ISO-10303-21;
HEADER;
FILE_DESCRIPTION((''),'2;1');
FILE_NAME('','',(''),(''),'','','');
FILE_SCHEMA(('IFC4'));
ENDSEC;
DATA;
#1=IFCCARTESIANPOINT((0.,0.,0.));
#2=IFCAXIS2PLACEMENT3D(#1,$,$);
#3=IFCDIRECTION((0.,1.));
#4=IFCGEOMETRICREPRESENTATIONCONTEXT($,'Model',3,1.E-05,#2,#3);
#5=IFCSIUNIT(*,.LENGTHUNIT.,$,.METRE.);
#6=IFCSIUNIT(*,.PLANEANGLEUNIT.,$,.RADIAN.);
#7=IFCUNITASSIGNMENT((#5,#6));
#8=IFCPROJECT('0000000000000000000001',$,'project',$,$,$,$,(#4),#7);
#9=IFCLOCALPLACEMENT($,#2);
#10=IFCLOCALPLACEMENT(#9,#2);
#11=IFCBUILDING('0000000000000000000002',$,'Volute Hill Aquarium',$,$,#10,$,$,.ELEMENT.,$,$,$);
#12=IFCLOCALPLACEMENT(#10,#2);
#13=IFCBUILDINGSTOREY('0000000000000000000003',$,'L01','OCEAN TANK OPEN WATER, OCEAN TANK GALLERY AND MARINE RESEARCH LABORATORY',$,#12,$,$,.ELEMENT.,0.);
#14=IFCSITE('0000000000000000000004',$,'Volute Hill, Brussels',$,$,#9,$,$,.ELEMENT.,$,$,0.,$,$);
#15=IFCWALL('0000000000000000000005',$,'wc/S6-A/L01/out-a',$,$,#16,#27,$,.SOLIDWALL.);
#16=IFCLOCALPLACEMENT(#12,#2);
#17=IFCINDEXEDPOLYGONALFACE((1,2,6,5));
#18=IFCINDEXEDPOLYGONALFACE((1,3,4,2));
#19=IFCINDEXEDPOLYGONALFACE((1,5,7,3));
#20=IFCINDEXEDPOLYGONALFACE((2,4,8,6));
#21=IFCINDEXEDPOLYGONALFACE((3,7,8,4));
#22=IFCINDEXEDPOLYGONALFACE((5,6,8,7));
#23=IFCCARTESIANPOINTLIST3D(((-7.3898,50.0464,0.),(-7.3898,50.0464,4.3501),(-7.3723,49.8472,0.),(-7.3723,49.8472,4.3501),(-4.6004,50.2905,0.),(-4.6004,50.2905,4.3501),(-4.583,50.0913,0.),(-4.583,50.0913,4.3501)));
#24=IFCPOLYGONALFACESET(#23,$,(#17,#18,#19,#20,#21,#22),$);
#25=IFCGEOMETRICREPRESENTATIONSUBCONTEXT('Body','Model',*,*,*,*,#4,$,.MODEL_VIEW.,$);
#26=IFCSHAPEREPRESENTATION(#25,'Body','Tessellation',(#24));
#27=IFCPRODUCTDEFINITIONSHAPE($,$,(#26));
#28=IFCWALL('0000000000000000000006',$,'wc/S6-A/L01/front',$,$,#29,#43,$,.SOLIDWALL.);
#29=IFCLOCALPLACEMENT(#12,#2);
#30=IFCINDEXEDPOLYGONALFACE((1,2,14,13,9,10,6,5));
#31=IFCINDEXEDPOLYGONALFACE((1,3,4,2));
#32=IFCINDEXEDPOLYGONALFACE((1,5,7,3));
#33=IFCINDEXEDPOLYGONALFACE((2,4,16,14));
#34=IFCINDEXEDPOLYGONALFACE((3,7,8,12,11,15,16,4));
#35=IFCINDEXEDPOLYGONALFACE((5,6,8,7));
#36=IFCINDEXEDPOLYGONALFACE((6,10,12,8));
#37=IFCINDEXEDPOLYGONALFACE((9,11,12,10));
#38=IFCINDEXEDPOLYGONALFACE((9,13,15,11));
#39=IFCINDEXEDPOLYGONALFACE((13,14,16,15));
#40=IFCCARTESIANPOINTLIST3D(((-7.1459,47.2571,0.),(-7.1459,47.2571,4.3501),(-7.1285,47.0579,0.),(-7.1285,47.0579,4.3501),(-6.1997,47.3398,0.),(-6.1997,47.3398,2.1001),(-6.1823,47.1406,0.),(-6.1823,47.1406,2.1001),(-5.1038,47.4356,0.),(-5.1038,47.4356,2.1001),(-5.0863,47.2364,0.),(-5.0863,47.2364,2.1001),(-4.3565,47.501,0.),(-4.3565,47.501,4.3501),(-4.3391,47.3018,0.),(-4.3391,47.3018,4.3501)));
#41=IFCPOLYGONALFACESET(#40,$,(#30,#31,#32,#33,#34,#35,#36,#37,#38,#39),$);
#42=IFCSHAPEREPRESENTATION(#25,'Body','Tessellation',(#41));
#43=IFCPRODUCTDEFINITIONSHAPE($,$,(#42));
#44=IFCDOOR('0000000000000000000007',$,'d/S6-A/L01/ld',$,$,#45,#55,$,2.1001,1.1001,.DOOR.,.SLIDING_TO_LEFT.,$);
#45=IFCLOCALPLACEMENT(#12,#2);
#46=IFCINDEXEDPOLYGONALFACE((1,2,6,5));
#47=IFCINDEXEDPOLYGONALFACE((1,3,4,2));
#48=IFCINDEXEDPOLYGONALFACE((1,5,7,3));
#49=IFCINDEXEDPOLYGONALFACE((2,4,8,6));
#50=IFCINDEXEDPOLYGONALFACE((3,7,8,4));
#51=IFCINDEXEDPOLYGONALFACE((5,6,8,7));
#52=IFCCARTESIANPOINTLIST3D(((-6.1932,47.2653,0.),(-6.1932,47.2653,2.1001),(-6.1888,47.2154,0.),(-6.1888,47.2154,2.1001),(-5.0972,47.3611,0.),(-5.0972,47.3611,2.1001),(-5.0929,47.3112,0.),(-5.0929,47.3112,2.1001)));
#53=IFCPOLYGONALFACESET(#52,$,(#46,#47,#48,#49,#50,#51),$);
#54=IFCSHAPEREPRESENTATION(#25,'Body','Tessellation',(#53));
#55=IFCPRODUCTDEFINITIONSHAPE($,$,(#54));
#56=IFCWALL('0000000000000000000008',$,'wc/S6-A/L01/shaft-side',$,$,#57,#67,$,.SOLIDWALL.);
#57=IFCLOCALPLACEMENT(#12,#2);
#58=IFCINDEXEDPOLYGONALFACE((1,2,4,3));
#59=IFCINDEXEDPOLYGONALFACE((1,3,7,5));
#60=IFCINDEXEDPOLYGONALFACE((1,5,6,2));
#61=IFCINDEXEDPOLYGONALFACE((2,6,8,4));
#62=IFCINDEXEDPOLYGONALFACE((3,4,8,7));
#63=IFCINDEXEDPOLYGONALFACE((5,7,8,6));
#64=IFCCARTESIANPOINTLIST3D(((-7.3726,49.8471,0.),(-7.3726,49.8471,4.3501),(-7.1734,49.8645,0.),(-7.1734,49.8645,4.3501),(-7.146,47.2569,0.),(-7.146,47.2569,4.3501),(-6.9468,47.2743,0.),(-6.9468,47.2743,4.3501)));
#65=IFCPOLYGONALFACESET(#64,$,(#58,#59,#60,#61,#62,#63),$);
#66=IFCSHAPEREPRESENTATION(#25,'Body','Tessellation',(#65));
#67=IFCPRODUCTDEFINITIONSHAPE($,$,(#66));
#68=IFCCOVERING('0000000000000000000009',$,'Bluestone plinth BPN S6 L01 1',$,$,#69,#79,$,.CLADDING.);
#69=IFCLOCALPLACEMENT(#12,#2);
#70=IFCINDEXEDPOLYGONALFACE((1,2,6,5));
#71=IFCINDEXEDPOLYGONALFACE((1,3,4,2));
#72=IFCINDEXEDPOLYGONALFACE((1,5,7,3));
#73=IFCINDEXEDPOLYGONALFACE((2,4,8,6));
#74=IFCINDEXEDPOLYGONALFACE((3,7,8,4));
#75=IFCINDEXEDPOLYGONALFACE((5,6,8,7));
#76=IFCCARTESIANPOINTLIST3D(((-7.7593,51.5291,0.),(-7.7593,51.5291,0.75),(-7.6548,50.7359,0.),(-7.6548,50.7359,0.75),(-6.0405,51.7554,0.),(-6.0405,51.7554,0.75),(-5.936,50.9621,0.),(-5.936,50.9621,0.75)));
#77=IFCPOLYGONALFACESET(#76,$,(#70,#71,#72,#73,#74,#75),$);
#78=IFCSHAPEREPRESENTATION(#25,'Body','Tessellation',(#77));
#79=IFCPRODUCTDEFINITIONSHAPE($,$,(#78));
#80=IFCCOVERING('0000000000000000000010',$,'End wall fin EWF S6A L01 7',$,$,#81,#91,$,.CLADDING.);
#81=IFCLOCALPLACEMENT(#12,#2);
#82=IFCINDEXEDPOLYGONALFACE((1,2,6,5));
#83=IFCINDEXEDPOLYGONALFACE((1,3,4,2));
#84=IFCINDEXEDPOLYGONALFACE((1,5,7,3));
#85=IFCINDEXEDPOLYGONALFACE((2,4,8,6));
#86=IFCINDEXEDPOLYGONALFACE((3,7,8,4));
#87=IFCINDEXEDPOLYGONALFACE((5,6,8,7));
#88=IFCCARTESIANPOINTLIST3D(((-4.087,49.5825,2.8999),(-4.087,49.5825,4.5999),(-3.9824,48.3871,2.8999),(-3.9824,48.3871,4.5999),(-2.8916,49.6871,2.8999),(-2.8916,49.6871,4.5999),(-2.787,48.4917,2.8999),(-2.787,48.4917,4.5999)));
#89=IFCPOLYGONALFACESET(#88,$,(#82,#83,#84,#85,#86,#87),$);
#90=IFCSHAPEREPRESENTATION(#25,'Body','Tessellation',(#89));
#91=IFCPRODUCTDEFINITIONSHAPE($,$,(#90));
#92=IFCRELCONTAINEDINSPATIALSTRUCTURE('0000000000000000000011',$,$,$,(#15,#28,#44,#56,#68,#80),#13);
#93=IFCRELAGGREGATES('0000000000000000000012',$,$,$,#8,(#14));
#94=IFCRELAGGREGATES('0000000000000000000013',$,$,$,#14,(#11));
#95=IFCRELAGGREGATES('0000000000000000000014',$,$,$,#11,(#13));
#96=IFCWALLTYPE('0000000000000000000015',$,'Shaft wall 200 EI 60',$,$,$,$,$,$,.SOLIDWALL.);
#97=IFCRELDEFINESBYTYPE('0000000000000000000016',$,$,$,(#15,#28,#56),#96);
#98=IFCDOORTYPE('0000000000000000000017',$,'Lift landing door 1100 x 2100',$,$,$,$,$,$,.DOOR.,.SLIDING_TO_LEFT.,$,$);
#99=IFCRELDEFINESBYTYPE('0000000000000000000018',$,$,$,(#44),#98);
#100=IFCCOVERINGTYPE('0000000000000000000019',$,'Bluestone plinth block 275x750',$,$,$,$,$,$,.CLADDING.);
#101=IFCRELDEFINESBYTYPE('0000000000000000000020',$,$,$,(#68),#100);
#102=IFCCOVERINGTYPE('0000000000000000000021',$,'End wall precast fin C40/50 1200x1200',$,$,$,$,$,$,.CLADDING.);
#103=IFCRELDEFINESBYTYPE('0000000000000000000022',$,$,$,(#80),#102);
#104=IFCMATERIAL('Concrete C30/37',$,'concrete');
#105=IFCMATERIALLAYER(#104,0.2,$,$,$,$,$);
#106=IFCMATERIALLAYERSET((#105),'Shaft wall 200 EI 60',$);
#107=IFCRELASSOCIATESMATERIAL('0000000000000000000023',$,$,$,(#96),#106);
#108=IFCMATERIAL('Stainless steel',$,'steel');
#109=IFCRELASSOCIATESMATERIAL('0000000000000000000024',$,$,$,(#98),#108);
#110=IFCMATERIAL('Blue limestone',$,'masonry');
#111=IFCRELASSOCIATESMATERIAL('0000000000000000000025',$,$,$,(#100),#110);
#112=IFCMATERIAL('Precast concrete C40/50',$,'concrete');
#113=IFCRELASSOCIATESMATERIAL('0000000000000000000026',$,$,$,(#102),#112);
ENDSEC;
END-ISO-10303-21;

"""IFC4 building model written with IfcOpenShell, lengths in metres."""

from ifc_helpers import new_model, si_unit, direction, frame, frame_2d, origin, origin_2d, place, context, subcontext, project, spatial, rectangle, extrude, material, layer, layer_set, type_object, element, fill, save


model = new_model("IFC4")

# Units and contexts
model_context = context("Model", 3, precision=1e-05, world=origin(), true_north=direction((0.0, 1.0)))
body_context = subcontext(model_context, "Body", "Model", "MODEL_VIEW")
ifc_project = project(units=[si_unit("LENGTHUNIT", "METRE"), si_unit("PLANEANGLEUNIT", "RADIAN")], contexts=[model_context])

# Site, building, storey
site_placement = place(None, origin())
site = spatial("IfcSite", under=ifc_project, at=site_placement, Name="Volute Hill, Brussels", CompositionType="ELEMENT", RefElevation=0.0)
building_placement = place(site_placement, origin())
building = spatial("IfcBuilding", under=site, at=building_placement, Name="Volute Hill Aquarium", CompositionType="ELEMENT")
storey_placement = place(building_placement, origin())
storey = spatial("IfcBuildingStorey", under=building, at=storey_placement, Name="L01", Description="OCEAN TANK OPEN WATER, OCEAN TANK GALLERY AND MARINE RESEARCH LABORATORY", CompositionType="ELEMENT", Elevation=0.0)

# Wall
ifc_material_1 = material(Name="Concrete C30/37", Category="concrete")
ifc_layer_1 = layer(ifc_material_1, 0.2)
ifc_layer_set_1 = layer_set([ifc_layer_1], Name="Shaft wall 200 EI 60")
wall_type_1 = type_object("IfcWallType", Name="Shaft wall 200 EI 60", PredefinedType="SOLIDWALL", material=ifc_layer_set_1)
wall_1_placement = place(storey_placement, frame((-4.5918, 50.1909, 0.0), z_axis=(0.0, 0.0, 1.0), x_axis=(-0.996191, -0.087194, 0.0)))
element("IfcWall", 1, at=wall_1_placement, inside=storey, type_object=wall_type_1, Name="wc/S6-A/L01/out-a", PredefinedType="SOLIDWALL", context=body_context, shape_type="SweptSolid", body=[
    extrude(rectangle(XDim=2.8, YDim=0.2, at=frame_2d((1.3999, 0.0))), origin(), (0.0, 0.0, 1.0), 4.3501),
])

# Wall, opening, door
wall_2_placement = place(storey_placement, frame((-4.3479, 47.4014, 0.0), z_axis=(0.0, 0.0, 1.0), x_axis=(-0.996199, -0.087107, 0.0)))
wall_2 = element("IfcWall", 2, at=wall_2_placement, inside=storey, type_object=wall_type_1, Name="wc/S6-A/L01/front", PredefinedType="SOLIDWALL", context=body_context, shape_type="SweptSolid", body=[
    extrude(rectangle(XDim=2.8, YDim=0.2, at=frame_2d((1.3999, 0.0))), origin(), (0.0, 0.0, 1.0), 4.3501),
])
opening_placement = place(wall_2_placement, frame((0.75, 0.0, 0.0)))
opening = element("IfcOpeningElement", 3, at=opening_placement, cuts=wall_2, PredefinedType="OPENING", context=body_context, shape_type="SweptSolid", body=[
    extrude(rectangle(XDim=1.1001, YDim=2.1001, at=frame_2d((0.55, 1.05))), frame((0.0, 0.1099, 0.0), z_axis=(0.0, -1.0, 0.0), x_axis=(1.0, 0.0, 0.0)), (0.0, 0.0, 1.0), 0.22),
])
ifc_material_2 = material(Name="Stainless steel", Category="steel")
door_type = type_object("IfcDoorType", Name="Lift landing door 1100 x 2100", OperationType="SLIDING_TO_LEFT", PredefinedType="DOOR", material=ifc_material_2)
door_placement = place(opening_placement, origin())
door = element("IfcDoor", 4, at=door_placement, inside=storey, type_object=door_type, Name="d/S6-A/L01/ld", OperationType="SLIDING_TO_LEFT", OverallHeight=2.1001, OverallWidth=1.1001, PredefinedType="DOOR", context=body_context, shape_type="SweptSolid", body=[
    extrude(rectangle(XDim=1.1001, YDim=2.1001, at=frame_2d((0.55, 1.05))), frame((0.0, 0.0249, 0.0), z_axis=(0.0, -1.0, 0.0), x_axis=(1.0, 0.0, 0.0)), (0.0, 0.0, 1.0), 0.05),
])
fill(opening, door)

# Wall
wall_3_placement = place(storey_placement, frame((-7.0464, 47.2656, 0.0), z_axis=(0.0, 0.0, 1.0), x_axis=(-0.08714, 0.996196, 0.0)))
element("IfcWall", 5, at=wall_3_placement, inside=storey, type_object=wall_type_1, Name="wc/S6-A/L01/shaft-side", PredefinedType="SOLIDWALL", context=body_context, shape_type="SweptSolid", body=[
    extrude(rectangle(XDim=2.6001, YDim=0.2, at=frame_2d((1.3, 0.0))), origin(), (0.0, 0.0, 1.0), 4.3501),
])

# Coverings
ifc_material_3 = material(Name="Blue limestone", Category="masonry")
covering_type_1 = type_object("IfcCoveringType", Name="Bluestone plinth block 275x750", PredefinedType="CLADDING", material=ifc_material_3)
covering_1_placement = place(storey_placement, frame((-6.8477, 51.2456, 0.0), z_axis=(0.0, 0.0, 1.0), x_axis=(-0.991445, -0.130526, 0.0)))
element("IfcCovering", 6, at=covering_1_placement, inside=storey, type_object=covering_type_1, Name="Bluestone plinth BPN S6 L01 1", PredefinedType="CLADDING", context=body_context, shape_type="SweptSolid", body=[
    extrude(rectangle(XDim=1.7336, YDim=0.8, at=origin_2d()), origin(), (0.0, 0.0, 1.0), 0.75),
])
ifc_material_4 = material(Name="Precast concrete C40/50", Category="concrete")
covering_type_2 = type_object("IfcCoveringType", Name="End wall precast fin C40/50 1200x1200", PredefinedType="CLADDING", material=ifc_material_4)
covering_2_placement = place(storey_placement, frame((-3.437, 49.0371, 2.8999), z_axis=(0.0, 0.0, 1.0), x_axis=(-0.087158, 0.996194, 0.0)))
element("IfcCovering", 7, at=covering_2_placement, inside=storey, type_object=covering_type_2, Name="End wall fin EWF S6A L01 7", PredefinedType="CLADDING", context=body_context, shape_type="SweptSolid", body=[
    extrude(rectangle(XDim=1.2, YDim=1.2, at=origin_2d()), origin(), (0.0, 0.0, 1.0), 1.7),
])

save(model, "model.ifc")
